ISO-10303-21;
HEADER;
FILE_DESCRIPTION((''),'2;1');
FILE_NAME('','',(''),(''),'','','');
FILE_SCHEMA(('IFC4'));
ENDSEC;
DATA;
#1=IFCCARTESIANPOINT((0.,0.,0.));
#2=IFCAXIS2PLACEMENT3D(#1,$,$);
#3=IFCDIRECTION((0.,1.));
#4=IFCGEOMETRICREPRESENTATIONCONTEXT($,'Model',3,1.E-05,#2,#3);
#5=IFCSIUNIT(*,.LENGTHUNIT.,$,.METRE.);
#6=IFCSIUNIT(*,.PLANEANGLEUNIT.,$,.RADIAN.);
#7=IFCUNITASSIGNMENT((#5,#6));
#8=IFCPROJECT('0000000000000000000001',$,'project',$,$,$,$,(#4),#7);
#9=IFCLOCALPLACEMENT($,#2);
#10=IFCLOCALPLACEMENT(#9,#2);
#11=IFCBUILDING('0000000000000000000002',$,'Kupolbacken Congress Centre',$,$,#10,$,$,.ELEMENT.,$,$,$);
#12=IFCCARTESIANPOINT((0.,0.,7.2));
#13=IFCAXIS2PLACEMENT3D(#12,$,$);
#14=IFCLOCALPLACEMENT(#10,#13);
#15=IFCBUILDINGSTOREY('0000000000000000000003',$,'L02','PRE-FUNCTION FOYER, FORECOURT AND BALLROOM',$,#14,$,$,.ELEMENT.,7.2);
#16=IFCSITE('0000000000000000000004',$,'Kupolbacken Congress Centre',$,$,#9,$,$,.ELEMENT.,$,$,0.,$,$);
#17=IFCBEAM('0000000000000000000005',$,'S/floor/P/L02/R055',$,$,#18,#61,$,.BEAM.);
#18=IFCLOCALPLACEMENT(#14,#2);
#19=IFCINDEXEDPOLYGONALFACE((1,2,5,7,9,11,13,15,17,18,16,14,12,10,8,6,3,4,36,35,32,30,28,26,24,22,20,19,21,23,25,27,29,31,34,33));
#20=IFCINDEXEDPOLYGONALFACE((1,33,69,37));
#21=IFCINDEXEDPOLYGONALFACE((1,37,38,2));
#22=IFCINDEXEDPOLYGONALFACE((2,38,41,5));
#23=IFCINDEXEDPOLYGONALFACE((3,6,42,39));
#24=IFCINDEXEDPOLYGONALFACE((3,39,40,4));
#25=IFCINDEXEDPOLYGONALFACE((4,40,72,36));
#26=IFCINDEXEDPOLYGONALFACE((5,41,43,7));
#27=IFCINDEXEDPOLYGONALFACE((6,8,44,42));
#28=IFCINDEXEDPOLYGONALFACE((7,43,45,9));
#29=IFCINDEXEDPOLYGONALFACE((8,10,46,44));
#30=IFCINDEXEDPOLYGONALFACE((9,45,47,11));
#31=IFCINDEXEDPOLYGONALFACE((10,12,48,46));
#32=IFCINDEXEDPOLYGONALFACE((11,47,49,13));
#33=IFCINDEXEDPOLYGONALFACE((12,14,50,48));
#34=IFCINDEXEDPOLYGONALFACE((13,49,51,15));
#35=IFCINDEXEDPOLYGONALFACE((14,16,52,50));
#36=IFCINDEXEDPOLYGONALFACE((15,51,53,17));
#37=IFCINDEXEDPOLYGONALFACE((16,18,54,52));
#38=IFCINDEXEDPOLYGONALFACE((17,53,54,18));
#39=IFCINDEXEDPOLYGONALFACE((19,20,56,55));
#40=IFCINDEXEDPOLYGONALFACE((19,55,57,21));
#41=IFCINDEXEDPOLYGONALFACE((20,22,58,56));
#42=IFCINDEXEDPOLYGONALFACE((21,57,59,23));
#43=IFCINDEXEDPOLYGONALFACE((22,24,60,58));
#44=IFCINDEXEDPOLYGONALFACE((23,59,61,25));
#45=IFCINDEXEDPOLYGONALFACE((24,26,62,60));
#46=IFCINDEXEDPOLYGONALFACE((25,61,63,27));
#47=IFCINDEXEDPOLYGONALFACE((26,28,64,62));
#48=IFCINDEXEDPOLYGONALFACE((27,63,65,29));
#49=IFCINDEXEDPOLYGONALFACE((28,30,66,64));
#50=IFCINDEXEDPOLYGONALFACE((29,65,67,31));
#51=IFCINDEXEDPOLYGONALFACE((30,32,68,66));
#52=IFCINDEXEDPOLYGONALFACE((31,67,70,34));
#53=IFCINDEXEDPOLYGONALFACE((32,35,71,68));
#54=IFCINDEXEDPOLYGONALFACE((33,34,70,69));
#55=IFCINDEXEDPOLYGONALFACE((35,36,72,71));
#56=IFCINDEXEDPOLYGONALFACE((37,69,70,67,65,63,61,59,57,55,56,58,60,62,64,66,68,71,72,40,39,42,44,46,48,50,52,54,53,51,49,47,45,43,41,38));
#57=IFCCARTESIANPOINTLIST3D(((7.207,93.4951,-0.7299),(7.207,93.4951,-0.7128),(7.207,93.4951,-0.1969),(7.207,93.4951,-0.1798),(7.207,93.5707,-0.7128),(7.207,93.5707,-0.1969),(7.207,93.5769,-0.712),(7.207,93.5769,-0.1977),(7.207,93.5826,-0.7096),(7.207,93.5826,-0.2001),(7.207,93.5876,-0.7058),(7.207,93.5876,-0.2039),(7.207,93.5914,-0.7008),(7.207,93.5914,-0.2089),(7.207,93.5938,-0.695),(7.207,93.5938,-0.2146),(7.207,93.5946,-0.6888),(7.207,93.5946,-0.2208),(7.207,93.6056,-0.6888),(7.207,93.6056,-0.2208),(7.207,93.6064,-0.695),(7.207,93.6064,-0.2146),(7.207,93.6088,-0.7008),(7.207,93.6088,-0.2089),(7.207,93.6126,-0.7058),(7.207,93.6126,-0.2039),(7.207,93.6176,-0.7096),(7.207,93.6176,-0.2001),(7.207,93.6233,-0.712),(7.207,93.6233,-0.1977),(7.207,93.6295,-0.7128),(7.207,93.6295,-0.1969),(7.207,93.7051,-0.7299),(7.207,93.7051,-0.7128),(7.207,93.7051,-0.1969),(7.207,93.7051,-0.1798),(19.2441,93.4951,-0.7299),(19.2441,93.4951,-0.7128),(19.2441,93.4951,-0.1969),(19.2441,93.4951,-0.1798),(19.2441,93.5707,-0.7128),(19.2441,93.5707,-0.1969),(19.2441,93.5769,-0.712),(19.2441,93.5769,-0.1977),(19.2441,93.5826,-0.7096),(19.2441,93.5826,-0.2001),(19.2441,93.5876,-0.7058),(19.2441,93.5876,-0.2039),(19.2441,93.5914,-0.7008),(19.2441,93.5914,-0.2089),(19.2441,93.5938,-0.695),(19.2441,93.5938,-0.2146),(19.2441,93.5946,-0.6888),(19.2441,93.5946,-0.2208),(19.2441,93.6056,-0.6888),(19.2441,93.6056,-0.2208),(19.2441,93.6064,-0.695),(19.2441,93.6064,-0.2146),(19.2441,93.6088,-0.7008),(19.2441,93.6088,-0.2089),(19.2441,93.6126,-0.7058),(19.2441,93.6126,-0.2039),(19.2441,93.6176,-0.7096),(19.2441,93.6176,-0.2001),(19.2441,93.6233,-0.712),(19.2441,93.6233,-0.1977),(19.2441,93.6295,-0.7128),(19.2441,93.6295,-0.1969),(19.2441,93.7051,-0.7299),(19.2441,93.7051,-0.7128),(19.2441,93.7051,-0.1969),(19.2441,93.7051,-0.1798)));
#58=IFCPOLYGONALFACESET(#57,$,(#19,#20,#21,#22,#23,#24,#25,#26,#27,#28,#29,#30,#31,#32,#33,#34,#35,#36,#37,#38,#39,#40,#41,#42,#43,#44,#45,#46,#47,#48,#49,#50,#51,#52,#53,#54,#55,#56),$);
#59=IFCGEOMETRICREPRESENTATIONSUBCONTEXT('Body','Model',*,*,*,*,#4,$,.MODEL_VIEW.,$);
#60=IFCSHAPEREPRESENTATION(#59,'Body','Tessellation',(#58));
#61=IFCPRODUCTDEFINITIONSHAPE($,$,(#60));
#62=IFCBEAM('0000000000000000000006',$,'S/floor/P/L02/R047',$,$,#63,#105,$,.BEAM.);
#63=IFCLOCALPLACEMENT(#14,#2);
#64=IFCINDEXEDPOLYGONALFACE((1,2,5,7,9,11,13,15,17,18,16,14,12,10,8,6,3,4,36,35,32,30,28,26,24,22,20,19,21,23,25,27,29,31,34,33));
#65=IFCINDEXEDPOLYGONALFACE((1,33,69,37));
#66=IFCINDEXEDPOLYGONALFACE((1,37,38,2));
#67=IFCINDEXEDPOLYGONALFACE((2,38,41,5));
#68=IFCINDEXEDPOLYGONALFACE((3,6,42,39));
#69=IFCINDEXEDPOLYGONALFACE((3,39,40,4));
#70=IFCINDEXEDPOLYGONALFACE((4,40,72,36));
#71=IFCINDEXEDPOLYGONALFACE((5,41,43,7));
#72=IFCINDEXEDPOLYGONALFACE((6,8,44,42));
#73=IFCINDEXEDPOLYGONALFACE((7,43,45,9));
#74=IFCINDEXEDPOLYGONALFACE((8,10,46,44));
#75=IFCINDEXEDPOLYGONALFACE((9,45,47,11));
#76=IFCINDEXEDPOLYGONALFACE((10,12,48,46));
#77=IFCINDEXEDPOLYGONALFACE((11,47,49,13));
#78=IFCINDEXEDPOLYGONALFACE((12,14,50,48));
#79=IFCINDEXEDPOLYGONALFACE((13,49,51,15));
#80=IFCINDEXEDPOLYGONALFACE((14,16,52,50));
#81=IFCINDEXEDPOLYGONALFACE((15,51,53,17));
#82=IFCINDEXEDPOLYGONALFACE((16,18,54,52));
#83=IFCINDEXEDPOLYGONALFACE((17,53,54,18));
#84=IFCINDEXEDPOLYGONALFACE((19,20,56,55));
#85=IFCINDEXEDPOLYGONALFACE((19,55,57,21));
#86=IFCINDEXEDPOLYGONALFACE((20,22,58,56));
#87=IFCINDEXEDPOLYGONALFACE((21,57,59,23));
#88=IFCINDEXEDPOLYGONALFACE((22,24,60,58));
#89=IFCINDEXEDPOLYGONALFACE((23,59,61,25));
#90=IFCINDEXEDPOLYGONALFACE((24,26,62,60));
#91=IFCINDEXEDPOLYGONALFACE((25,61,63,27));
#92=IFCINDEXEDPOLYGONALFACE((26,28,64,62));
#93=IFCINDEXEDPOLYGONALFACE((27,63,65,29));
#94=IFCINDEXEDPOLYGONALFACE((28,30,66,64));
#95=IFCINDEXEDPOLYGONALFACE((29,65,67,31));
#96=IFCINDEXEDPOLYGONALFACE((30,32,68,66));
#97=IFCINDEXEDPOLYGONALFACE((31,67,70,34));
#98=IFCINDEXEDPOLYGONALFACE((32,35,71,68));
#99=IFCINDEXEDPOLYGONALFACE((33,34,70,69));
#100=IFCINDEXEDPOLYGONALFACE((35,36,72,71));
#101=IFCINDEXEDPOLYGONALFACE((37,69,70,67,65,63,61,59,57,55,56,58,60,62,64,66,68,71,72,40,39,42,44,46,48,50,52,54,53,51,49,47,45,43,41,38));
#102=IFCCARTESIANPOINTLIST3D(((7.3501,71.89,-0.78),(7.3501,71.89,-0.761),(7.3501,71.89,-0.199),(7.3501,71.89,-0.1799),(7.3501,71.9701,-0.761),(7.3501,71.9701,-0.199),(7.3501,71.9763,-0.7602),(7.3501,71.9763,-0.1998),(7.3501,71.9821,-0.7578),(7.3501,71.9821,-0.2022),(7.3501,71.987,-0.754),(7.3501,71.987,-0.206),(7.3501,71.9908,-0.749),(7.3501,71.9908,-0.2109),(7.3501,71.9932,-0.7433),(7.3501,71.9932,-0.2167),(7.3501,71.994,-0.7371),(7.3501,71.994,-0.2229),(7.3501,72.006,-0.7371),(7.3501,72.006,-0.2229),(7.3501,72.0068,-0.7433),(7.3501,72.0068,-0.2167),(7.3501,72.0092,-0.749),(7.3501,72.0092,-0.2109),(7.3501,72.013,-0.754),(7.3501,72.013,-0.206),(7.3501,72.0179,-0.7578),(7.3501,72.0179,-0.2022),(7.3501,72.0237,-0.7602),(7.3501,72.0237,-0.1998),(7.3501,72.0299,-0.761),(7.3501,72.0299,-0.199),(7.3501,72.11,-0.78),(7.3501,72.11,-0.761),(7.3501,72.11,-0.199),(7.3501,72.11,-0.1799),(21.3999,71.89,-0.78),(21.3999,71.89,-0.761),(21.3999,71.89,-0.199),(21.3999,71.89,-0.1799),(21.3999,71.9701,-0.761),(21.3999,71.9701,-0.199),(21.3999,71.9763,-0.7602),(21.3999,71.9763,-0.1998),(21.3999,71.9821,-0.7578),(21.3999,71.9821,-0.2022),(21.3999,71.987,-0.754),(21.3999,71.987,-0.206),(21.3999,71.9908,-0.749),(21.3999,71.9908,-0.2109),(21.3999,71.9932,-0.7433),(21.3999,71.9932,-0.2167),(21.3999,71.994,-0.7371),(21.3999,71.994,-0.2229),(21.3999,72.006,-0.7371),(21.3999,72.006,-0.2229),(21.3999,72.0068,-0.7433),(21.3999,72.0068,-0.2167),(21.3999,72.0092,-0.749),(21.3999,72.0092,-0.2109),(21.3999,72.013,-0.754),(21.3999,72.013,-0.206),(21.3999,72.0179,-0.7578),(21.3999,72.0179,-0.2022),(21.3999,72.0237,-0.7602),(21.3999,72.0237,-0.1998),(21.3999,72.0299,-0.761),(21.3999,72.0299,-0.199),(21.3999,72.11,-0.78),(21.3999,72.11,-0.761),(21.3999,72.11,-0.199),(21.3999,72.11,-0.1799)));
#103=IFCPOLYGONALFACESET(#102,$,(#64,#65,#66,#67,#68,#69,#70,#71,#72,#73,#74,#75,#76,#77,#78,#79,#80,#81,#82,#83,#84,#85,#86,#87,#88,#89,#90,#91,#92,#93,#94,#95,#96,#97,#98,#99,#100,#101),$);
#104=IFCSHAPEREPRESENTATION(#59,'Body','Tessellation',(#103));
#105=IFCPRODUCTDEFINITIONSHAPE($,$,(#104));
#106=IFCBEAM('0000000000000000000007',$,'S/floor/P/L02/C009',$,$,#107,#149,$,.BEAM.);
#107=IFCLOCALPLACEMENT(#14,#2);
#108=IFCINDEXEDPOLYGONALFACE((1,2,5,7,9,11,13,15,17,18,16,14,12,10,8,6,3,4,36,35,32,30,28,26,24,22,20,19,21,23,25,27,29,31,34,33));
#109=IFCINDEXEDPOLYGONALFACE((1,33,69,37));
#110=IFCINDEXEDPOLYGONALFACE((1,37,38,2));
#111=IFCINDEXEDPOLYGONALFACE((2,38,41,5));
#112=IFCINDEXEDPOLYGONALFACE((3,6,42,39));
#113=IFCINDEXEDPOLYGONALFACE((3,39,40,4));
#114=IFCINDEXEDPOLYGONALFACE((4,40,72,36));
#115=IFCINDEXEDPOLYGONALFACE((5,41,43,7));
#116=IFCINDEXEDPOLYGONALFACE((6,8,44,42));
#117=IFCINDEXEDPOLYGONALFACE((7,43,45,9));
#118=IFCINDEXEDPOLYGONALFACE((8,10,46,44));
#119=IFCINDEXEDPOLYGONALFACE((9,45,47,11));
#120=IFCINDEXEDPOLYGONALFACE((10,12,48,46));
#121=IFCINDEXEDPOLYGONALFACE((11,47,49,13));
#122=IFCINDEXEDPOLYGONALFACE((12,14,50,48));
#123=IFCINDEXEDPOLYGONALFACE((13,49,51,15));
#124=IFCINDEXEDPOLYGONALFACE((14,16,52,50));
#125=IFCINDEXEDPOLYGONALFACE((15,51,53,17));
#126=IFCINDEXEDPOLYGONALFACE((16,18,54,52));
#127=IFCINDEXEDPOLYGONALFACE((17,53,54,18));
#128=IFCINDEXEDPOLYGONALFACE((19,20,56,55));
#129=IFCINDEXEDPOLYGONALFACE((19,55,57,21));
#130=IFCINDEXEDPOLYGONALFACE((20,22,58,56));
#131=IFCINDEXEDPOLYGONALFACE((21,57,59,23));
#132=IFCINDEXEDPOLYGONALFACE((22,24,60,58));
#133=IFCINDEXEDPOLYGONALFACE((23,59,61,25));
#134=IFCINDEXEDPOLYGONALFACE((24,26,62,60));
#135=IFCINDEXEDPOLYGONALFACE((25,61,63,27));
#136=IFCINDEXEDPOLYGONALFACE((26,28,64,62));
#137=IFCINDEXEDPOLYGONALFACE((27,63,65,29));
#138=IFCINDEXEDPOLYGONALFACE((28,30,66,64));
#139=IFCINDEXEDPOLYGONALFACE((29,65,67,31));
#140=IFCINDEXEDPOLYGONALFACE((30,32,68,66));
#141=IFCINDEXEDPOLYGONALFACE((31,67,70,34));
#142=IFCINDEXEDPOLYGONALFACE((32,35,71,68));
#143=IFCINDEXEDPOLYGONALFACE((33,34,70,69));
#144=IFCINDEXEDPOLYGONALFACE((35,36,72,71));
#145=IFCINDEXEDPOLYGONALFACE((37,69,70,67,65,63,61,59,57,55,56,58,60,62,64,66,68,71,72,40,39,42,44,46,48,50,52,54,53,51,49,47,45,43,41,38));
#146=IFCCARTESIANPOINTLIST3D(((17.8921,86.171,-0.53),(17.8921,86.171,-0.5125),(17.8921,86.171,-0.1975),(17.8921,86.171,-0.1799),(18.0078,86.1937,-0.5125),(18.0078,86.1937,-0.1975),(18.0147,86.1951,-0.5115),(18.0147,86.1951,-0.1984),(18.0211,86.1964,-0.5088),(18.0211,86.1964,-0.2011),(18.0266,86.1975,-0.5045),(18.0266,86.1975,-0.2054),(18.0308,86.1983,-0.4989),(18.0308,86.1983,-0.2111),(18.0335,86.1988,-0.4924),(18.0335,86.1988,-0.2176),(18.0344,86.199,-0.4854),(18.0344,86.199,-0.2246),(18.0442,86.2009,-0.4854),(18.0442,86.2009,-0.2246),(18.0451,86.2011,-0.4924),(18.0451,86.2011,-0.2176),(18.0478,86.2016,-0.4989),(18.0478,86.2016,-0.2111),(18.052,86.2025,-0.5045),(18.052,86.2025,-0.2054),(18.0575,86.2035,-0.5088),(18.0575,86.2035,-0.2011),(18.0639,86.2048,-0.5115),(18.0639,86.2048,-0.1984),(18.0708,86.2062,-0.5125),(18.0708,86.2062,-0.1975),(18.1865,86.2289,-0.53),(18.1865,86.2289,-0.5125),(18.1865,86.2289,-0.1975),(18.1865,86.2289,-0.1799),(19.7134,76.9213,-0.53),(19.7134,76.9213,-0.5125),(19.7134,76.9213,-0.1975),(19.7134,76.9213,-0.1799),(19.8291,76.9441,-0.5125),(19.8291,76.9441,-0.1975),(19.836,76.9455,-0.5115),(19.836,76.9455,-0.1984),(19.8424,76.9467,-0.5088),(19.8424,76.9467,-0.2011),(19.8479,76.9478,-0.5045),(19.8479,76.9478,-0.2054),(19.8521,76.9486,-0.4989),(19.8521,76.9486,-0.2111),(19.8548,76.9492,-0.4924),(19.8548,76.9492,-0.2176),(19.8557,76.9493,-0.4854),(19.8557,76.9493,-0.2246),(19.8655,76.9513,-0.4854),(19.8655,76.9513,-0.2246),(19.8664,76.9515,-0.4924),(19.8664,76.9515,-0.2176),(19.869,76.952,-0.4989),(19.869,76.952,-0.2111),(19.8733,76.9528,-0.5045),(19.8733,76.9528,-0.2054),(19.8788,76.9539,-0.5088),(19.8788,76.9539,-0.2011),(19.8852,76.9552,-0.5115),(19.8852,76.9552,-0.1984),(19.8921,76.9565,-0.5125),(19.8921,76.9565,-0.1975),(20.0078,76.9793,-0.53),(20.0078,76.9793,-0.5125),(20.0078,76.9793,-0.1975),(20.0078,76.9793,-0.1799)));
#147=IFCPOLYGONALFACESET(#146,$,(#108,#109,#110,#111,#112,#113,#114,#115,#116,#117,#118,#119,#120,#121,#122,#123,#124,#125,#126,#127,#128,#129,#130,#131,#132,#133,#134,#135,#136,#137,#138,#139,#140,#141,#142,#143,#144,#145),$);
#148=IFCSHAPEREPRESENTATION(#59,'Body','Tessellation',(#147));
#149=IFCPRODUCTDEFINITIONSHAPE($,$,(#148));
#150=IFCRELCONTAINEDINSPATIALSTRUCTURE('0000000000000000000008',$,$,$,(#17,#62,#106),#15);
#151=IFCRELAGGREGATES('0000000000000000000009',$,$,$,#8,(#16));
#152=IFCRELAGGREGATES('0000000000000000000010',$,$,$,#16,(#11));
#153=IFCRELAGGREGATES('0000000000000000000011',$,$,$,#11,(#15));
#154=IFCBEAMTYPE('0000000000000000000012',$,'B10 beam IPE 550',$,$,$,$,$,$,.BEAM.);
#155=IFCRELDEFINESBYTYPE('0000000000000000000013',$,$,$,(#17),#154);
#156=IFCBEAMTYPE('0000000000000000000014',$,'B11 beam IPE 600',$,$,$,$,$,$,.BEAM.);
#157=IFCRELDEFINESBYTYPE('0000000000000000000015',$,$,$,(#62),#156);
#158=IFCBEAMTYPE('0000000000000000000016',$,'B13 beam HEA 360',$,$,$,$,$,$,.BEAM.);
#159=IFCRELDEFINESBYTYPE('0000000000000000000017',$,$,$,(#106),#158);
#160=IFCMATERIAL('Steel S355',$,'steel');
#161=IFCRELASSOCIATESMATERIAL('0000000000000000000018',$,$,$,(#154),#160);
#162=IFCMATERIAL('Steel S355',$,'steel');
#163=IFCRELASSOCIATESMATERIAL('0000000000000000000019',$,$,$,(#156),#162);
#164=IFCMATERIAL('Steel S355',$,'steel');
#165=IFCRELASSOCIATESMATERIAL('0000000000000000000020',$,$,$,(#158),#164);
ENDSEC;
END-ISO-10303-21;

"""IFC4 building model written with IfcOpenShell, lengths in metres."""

from ifc_helpers import new_model, si_unit, direction, frame, origin, origin_2d, place, context, subcontext, project, spatial, i_section, extrude, material, material_profile, profile_set, type_object, element, save


model = new_model("IFC4")

# Units and contexts
model_context = context("Model", 3, precision=1e-05, world=origin(), true_north=direction((0.0, 1.0)))
body_context = subcontext(model_context, "Body", "Model", "MODEL_VIEW")
ifc_project = project(units=[si_unit("LENGTHUNIT", "METRE"), si_unit("PLANEANGLEUNIT", "RADIAN")], contexts=[model_context])

# Site, building, storey
site_placement = place(None, origin())
site = spatial("IfcSite", under=ifc_project, at=site_placement, Name="Kupolbacken Congress Centre", CompositionType="ELEMENT", RefElevation=0.0)
building_placement = place(site_placement, origin())
building = spatial("IfcBuilding", under=site, at=building_placement, Name="Kupolbacken Congress Centre", CompositionType="ELEMENT")
storey_placement = place(building_placement, frame((0.0, 0.0, 7.2)))
storey = spatial("IfcBuildingStorey", under=building, at=storey_placement, Name="L02", Description="PRE-FUNCTION FOYER, FORECOURT AND BALLROOM", CompositionType="ELEMENT", Elevation=7.2)

# Beams
ifc_material_1 = material(Name="Steel S355", Category="steel")
ifc_material_profile_1 = material_profile(ifc_material_1, i_section(OverallWidth=0.21, OverallDepth=0.55, WebThickness=0.011, FlangeThickness=0.0171, FilletRadius=0.0239, at=origin_2d()), Name="IPE 550")
ifc_profile_set_1 = profile_set([ifc_material_profile_1], Name="Steel S355")
beam_type_1 = type_object("IfcBeamType", Name="B10 beam IPE 550", PredefinedType="BEAM", material=ifc_profile_set_1)
for number, where, z_axis, x_axis, name in (
    (1, (7.207, 93.6001, -0.4548), (1.0, 0.0, 0.0), (0.0, 1.0, 0.0), "S/floor/P/L02/R055"),
):
    element("IfcBeam", number, at=place(storey_placement, frame(where, z_axis=z_axis, x_axis=x_axis)), inside=storey, type_object=beam_type_1, Name=name, PredefinedType="BEAM", context=body_context, shape_type="SweptSolid", body=[
        extrude(i_section(OverallWidth=0.21, OverallDepth=0.55, WebThickness=0.011, FlangeThickness=0.0171, FilletRadius=0.0239, at=origin_2d()), origin(), (0.0, 0.0, 1.0), 12.0371),
    ])
ifc_material_2 = material(Name="Steel S355", Category="steel")
ifc_material_profile_2 = material_profile(ifc_material_2, i_section(OverallWidth=0.22, OverallDepth=0.6001, WebThickness=0.012, FlangeThickness=0.019, FilletRadius=0.0239, at=origin_2d()), Name="IPE 600")
ifc_profile_set_2 = profile_set([ifc_material_profile_2], Name="Steel S355")
beam_type_2 = type_object("IfcBeamType", Name="B11 beam IPE 600", PredefinedType="BEAM", material=ifc_profile_set_2)
beam_1_placement = place(storey_placement, frame((7.3501, 72.0, -0.48), z_axis=(1.0, 0.0, 0.0), x_axis=(0.0, 1.0, 0.0)))
element("IfcBeam", 2, at=beam_1_placement, inside=storey, type_object=beam_type_2, Name="S/floor/P/L02/R047", PredefinedType="BEAM", context=body_context, shape_type="SweptSolid", body=[
    extrude(i_section(OverallWidth=0.22, OverallDepth=0.6001, WebThickness=0.012, FlangeThickness=0.019, FilletRadius=0.0239, at=origin_2d()), origin(), (0.0, 0.0, 1.0), 14.0498),
])
ifc_material_3 = material(Name="Steel S355", Category="steel")
ifc_material_profile_3 = material_profile(ifc_material_3, i_section(OverallWidth=0.3, OverallDepth=0.3501, WebThickness=0.01, FlangeThickness=0.0176, FilletRadius=0.0271, at=origin_2d()), Name="HEA 360")
ifc_profile_set_3 = profile_set([ifc_material_profile_3], Name="Steel S355")
beam_type_3 = type_object("IfcBeamType", Name="B13 beam HEA 360", PredefinedType="BEAM", material=ifc_profile_set_3)
beam_2_placement = place(storey_placement, frame((18.0393, 86.2, -0.355), z_axis=(0.193192, -0.981161, 0.0), x_axis=(0.981161, 0.193192, 0.0)))
element("IfcBeam", 3, at=beam_2_placement, inside=storey, type_object=beam_type_3, Name="S/floor/P/L02/C009", PredefinedType="BEAM", context=body_context, shape_type="SweptSolid", body=[
    extrude(i_section(OverallWidth=0.3, OverallDepth=0.3501, WebThickness=0.01, FlangeThickness=0.0176, FilletRadius=0.0271, at=origin_2d()), origin(), (0.0, 0.0, 1.0), 9.4272),
])

save(model, "model.ifc")
